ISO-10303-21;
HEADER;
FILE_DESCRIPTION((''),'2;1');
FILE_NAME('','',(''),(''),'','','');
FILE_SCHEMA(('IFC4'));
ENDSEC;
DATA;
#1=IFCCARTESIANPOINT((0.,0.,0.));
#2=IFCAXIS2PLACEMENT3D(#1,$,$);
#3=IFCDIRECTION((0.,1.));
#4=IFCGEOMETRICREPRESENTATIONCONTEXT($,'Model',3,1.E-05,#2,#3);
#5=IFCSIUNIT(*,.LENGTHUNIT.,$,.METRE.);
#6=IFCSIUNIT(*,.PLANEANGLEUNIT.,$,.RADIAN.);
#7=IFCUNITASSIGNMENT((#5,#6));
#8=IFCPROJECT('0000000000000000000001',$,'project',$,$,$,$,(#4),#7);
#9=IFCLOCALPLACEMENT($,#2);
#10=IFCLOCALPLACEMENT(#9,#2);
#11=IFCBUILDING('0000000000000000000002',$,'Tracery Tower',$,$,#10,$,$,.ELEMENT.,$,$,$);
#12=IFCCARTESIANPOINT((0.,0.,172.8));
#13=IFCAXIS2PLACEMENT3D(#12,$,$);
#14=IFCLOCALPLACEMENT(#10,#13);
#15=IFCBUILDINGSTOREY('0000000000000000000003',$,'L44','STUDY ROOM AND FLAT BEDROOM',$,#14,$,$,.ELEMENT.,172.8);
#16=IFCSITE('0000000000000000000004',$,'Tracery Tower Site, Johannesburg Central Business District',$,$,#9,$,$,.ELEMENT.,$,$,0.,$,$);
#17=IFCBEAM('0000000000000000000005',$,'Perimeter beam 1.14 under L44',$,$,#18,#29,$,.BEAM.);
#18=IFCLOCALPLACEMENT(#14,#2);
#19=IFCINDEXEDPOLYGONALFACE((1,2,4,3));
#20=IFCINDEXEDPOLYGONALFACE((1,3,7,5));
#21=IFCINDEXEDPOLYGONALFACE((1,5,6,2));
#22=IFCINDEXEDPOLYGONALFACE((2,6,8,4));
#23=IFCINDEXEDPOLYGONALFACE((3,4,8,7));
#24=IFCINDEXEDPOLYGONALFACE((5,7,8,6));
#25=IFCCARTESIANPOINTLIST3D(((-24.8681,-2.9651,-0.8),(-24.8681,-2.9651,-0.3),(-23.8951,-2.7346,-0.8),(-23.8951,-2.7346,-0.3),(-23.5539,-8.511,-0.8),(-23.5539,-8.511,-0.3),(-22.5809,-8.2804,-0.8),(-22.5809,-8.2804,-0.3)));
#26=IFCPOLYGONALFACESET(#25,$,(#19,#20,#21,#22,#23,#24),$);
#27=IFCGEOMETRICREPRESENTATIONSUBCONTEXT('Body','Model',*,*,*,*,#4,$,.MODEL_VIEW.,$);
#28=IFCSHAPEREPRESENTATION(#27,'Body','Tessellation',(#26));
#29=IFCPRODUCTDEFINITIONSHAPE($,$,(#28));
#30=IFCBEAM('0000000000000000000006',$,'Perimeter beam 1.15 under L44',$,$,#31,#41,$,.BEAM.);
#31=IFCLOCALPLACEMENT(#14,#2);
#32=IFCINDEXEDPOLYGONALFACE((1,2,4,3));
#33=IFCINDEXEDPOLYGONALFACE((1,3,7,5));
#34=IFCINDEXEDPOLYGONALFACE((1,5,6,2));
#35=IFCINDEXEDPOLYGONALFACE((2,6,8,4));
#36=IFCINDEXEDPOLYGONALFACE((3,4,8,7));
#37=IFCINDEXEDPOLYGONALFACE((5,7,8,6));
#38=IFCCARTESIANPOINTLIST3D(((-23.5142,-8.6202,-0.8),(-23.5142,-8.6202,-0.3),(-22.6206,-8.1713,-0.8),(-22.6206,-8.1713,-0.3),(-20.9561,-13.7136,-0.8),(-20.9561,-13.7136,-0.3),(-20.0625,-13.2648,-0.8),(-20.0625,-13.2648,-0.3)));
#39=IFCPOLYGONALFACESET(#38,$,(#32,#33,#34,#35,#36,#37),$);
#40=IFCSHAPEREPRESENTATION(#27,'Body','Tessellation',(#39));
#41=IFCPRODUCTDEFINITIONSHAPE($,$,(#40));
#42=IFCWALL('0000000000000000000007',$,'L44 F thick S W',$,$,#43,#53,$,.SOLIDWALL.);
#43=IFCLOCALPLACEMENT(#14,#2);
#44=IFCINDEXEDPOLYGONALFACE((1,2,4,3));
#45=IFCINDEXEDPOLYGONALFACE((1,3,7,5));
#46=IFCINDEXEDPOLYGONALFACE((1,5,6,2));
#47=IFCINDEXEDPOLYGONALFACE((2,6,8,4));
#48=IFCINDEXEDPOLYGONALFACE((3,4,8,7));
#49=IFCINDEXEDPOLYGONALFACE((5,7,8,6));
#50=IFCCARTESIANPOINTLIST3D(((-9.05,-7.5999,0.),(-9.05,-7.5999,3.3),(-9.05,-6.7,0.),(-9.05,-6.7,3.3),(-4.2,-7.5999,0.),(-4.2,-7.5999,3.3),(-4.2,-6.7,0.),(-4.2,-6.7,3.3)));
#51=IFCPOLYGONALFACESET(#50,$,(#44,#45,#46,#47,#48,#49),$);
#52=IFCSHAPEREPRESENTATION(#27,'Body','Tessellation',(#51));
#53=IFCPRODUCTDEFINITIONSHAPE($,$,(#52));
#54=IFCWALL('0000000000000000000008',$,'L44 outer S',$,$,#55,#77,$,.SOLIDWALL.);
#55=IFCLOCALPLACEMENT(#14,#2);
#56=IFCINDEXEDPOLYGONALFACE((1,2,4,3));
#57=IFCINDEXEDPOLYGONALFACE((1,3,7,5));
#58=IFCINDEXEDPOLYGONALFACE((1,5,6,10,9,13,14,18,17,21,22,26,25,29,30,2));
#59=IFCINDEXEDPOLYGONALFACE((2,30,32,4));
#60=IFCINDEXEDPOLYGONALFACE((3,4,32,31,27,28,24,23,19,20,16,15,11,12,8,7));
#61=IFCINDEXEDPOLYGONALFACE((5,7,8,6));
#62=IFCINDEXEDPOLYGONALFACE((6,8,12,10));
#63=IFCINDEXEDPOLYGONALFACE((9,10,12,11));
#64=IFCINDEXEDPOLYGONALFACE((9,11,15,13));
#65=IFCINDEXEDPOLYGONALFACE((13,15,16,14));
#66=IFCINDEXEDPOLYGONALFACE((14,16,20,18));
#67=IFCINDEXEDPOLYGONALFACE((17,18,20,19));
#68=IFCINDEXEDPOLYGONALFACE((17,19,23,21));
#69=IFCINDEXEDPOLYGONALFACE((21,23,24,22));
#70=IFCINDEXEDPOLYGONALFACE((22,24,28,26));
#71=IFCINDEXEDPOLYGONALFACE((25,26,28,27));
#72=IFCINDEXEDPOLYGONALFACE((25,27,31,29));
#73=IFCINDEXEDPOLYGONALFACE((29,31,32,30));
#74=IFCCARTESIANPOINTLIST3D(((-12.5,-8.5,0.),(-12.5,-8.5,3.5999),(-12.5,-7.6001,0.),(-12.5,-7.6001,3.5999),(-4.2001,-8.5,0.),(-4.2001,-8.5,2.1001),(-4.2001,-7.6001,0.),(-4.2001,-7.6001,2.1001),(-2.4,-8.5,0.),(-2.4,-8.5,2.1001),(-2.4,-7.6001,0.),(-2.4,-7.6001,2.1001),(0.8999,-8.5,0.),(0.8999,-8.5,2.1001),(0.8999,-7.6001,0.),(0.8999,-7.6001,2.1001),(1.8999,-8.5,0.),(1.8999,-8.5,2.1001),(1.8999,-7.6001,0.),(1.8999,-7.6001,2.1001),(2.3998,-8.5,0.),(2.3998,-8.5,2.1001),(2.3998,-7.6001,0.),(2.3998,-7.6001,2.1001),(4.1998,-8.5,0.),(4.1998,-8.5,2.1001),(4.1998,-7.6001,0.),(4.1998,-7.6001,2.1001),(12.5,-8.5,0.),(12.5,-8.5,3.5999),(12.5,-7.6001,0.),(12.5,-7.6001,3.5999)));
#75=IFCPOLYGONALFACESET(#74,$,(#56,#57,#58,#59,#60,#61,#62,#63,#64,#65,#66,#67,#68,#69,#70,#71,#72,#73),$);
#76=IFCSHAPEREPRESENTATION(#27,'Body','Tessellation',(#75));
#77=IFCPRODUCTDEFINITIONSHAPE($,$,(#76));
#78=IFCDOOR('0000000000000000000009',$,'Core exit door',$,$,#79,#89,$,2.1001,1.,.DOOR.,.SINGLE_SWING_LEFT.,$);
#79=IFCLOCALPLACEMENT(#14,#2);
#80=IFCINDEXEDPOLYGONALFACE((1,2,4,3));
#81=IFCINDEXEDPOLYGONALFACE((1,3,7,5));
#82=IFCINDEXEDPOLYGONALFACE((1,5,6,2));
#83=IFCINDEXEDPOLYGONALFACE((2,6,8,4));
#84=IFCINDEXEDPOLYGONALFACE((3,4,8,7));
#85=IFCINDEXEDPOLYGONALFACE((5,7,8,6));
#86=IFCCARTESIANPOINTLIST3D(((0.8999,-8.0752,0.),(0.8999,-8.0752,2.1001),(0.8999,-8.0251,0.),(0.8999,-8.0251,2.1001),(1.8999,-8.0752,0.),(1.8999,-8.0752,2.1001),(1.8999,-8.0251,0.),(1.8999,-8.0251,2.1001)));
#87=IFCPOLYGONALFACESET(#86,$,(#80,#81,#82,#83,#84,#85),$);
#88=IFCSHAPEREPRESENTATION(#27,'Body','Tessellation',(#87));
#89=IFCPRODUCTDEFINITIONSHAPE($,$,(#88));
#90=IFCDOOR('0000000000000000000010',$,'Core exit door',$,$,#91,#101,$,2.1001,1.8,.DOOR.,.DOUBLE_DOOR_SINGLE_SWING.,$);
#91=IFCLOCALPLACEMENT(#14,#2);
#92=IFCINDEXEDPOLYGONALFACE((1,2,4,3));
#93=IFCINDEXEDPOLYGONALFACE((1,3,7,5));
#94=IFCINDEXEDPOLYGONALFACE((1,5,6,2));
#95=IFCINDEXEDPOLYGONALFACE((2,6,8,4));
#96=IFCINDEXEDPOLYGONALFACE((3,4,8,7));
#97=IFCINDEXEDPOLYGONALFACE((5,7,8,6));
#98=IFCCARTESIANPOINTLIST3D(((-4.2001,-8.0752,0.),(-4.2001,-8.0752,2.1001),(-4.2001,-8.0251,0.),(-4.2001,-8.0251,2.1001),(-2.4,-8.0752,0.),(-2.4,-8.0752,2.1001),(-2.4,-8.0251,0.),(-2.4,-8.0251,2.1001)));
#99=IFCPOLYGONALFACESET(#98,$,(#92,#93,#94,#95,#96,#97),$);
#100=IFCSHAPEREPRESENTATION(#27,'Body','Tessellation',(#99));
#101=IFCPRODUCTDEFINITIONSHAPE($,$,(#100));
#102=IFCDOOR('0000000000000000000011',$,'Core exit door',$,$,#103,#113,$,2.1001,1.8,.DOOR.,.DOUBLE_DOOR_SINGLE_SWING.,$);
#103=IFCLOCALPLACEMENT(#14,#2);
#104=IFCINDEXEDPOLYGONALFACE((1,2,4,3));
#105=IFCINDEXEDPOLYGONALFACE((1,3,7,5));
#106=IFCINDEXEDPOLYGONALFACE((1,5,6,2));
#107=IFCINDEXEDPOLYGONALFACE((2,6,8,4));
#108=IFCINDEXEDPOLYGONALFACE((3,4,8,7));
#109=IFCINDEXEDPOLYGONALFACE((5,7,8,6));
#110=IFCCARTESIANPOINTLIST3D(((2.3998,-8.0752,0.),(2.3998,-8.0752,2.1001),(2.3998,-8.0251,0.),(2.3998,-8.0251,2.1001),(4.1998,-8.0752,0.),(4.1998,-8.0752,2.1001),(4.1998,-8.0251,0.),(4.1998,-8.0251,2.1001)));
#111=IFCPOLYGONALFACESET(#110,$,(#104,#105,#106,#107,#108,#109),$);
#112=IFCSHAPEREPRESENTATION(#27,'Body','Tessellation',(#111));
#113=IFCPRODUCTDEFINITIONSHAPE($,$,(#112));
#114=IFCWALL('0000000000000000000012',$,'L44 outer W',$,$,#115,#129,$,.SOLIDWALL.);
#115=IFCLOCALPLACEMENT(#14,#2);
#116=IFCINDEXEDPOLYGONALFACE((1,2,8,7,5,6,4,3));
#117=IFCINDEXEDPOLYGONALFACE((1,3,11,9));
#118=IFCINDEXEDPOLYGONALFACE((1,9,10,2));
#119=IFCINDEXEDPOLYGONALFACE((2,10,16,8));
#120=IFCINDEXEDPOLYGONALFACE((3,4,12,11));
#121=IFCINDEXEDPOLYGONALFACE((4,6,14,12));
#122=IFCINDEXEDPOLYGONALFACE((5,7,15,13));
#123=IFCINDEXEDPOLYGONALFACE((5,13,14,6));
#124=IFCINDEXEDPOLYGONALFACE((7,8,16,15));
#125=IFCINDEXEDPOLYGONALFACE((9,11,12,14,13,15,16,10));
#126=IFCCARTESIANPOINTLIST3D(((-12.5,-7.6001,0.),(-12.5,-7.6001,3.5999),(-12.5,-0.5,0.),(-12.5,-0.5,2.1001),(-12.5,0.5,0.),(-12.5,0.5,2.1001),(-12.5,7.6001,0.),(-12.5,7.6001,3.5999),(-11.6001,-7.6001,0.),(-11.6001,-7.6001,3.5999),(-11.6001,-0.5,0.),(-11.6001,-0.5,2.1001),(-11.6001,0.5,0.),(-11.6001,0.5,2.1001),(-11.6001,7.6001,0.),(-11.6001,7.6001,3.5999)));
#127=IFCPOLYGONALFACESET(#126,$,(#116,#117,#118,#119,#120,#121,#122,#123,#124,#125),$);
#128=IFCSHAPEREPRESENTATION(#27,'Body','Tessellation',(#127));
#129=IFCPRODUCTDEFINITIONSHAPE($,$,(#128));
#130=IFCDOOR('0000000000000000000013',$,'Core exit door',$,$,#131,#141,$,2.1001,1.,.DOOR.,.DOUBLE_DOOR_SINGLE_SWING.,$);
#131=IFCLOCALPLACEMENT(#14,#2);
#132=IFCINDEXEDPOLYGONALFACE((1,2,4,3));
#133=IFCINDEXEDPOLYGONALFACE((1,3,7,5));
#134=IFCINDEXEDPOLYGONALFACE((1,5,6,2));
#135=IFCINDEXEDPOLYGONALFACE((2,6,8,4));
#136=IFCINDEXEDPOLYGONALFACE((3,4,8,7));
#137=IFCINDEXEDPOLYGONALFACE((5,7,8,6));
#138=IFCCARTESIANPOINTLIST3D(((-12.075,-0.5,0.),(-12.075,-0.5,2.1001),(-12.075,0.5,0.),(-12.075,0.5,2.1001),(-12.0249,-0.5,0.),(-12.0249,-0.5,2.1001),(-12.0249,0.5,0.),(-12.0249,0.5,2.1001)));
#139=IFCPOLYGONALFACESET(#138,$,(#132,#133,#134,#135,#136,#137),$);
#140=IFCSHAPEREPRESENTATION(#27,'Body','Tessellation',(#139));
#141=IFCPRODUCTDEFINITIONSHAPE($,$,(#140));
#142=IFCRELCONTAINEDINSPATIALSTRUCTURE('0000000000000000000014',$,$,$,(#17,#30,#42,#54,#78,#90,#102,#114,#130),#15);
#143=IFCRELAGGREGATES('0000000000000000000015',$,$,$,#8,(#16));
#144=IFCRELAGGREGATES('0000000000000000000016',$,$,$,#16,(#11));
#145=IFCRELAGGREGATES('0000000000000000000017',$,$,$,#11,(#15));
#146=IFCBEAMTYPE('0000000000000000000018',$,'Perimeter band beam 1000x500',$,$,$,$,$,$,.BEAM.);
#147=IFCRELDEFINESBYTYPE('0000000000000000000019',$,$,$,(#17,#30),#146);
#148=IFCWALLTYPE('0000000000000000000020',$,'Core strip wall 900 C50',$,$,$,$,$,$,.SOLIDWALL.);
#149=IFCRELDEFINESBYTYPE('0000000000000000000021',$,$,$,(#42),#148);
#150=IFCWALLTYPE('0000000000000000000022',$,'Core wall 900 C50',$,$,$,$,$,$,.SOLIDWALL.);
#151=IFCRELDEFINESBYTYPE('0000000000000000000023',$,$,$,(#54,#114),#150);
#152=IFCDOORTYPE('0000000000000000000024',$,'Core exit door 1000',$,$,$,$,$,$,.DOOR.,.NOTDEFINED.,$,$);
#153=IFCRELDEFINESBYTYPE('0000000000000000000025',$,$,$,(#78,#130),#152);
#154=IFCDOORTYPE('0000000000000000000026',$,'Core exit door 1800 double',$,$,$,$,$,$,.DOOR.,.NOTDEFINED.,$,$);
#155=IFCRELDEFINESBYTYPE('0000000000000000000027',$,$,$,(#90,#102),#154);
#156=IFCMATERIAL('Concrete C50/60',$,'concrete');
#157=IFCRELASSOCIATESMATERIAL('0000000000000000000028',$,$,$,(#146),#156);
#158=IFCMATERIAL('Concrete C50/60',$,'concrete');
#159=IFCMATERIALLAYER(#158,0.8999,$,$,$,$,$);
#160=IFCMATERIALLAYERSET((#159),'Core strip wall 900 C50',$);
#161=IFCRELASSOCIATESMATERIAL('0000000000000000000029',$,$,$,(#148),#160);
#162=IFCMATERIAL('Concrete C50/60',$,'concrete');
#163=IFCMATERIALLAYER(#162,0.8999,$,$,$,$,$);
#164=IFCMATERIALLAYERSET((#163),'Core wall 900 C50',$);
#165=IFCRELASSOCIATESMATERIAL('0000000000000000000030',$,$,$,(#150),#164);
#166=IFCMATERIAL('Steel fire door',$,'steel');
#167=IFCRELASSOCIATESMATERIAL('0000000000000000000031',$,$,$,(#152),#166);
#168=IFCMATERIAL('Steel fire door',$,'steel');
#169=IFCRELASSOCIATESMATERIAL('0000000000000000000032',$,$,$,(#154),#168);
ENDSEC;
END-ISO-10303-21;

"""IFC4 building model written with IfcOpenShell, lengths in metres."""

from ifc_helpers import new_model, si_unit, direction, frame, frame_2d, origin, origin_2d, place, context, subcontext, project, spatial, rectangle, extrude, material, layer, layer_set, material_profile, profile_set, type_object, element, fill, save


model = new_model("IFC4")

# Units and contexts
model_context = context("Model", 3, precision=1e-05, world=origin(), true_north=direction((0.0, 1.0)))
body_context = subcontext(model_context, "Body", "Model", "MODEL_VIEW")
ifc_project = project(units=[si_unit("LENGTHUNIT", "METRE"), si_unit("PLANEANGLEUNIT", "RADIAN")], contexts=[model_context])

# Site, building, storey
site_placement = place(None, origin())
site = spatial("IfcSite", under=ifc_project, at=site_placement, Name="Tracery Tower Site, Johannesburg Central Business District", CompositionType="ELEMENT", RefElevation=0.0)
building_placement = place(site_placement, origin())
building = spatial("IfcBuilding", under=site, at=building_placement, Name="Tracery Tower", CompositionType="ELEMENT")
storey_placement = place(building_placement, frame((0.0, 0.0, 172.8)))
storey = spatial("IfcBuildingStorey", under=building, at=storey_placement, Name="L44", Description="STUDY ROOM AND FLAT BEDROOM", CompositionType="ELEMENT", Elevation=172.8)

# Beams
ifc_material_1 = material(Name="Concrete C50/60", Category="concrete")
ifc_material_profile_1 = material_profile(ifc_material_1, rectangle(XDim=1.0, YDim=0.5, at=origin_2d()), Name="RC 1000x500")
ifc_profile_set_1 = profile_set([ifc_material_profile_1], Name="Concrete C50/60")
beam_type = type_object("IfcBeamType", Name="Perimeter band beam 1000x500", PredefinedType="BEAM", material=ifc_profile_set_1)
beam_1_placement = place(storey_placement, frame((-24.3816, -2.8499, -0.55), z_axis=(0.230584, -0.973052, 0.0), x_axis=(0.973052, 0.230584, 0.0)))
element("IfcBeam", 1, at=beam_1_placement, inside=storey, type_object=beam_type, Name="Perimeter beam 1.14 under L44", PredefinedType="BEAM", context=body_context, shape_type="SweptSolid", body=[
    extrude(rectangle(XDim=1.0, YDim=0.5, at=origin_2d()), origin(), (0.0, 0.0, 1.0), 5.6995),
])
beam_2_placement = place(storey_placement, frame((-23.0674, -8.3958, -0.55), z_axis=(0.448806, -0.893629, 0.0), x_axis=(0.893629, 0.448806, 0.0)))
element("IfcBeam", 2, at=beam_2_placement, inside=storey, type_object=beam_type, Name="Perimeter beam 1.15 under L44", PredefinedType="BEAM", context=body_context, shape_type="SweptSolid", body=[
    extrude(rectangle(XDim=1.0, YDim=0.5, at=origin_2d()), origin(), (0.0, 0.0, 1.0), 5.6997),
])

# Wall
ifc_material_2 = material(Name="Concrete C50/60", Category="concrete")
ifc_layer_1 = layer(ifc_material_2, 0.8999)
ifc_layer_set_1 = layer_set([ifc_layer_1], Name="Core strip wall 900 C50")
wall_type_1 = type_object("IfcWallType", Name="Core strip wall 900 C50", PredefinedType="SOLIDWALL", material=ifc_layer_set_1)
wall_1_placement = place(storey_placement, frame((-9.05, -7.1499, 0.0), z_axis=(0.0, 0.0, 1.0), x_axis=(1.0, 0.0, 0.0)))
element("IfcWall", 3, at=wall_1_placement, inside=storey, type_object=wall_type_1, Name="L44 F thick S W", PredefinedType="SOLIDWALL", context=body_context, shape_type="SweptSolid", body=[
    extrude(rectangle(XDim=4.8501, YDim=0.8999, at=frame_2d((2.425, 0.0))), origin(), (0.0, 0.0, 1.0), 3.3),
])

# Wall, openings, doors
ifc_material_3 = material(Name="Concrete C50/60", Category="concrete")
ifc_layer_2 = layer(ifc_material_3, 0.8999)
ifc_layer_set_2 = layer_set([ifc_layer_2], Name="Core wall 900 C50")
wall_type_2 = type_object("IfcWallType", Name="Core wall 900 C50", PredefinedType="SOLIDWALL", material=ifc_layer_set_2)
wall_2_placement = place(storey_placement, frame((-12.5, -8.05, 0.0), z_axis=(0.0, 0.0, 1.0), x_axis=(1.0, 0.0, 0.0)))
wall_2 = element("IfcWall", 4, at=wall_2_placement, inside=storey, type_object=wall_type_2, Name="L44 outer S", PredefinedType="SOLIDWALL", context=body_context, shape_type="SweptSolid", body=[
    extrude(rectangle(XDim=25.0, YDim=0.8999, at=frame_2d((12.5, 0.0))), origin(), (0.0, 0.0, 1.0), 3.5999),
])
opening_1_placement = place(wall_2_placement, frame((13.3999, 0.0, 0.0)))
opening_1 = element("IfcOpeningElement", 5, at=opening_1_placement, cuts=wall_2, PredefinedType="OPENING", context=body_context, shape_type="SweptSolid", body=[
    extrude(rectangle(XDim=1.0, YDim=2.1001, at=frame_2d((0.5, 1.05))), frame((0.0, 0.45, 0.0), z_axis=(0.0, -1.0, 0.0), x_axis=(1.0, 0.0, 0.0)), (0.0, 0.0, 1.0), 0.8999),
])
opening_2_placement = place(wall_2_placement, frame((8.3, 0.0, 0.0)))
opening_2 = element("IfcOpeningElement", 6, at=opening_2_placement, cuts=wall_2, PredefinedType="OPENING", context=body_context, shape_type="SweptSolid", body=[
    extrude(rectangle(XDim=1.8, YDim=2.1001, at=frame_2d((0.8999, 1.05))), frame((0.0, 0.45, 0.0), z_axis=(0.0, -1.0, 0.0), x_axis=(1.0, 0.0, 0.0)), (0.0, 0.0, 1.0), 0.8999),
])
opening_3_placement = place(wall_2_placement, frame((14.8999, 0.0, 0.0)))
opening_3 = element("IfcOpeningElement", 7, at=opening_3_placement, cuts=wall_2, PredefinedType="OPENING", context=body_context, shape_type="SweptSolid", body=[
    extrude(rectangle(XDim=1.8, YDim=2.1001, at=frame_2d((0.8999, 1.05))), frame((0.0, 0.45, 0.0), z_axis=(0.0, -1.0, 0.0), x_axis=(1.0, 0.0, 0.0)), (0.0, 0.0, 1.0), 0.8999),
])
ifc_material_4 = material(Name="Steel fire door", Category="steel")
door_type_1 = type_object("IfcDoorType", Name="Core exit door 1000", OperationType="NOTDEFINED", PredefinedType="DOOR", material=ifc_material_4)
door_1_placement = place(opening_1_placement, origin())
door_1 = element("IfcDoor", 8, at=door_1_placement, inside=storey, type_object=door_type_1, Name="Core exit door", OperationType="SINGLE_SWING_LEFT", OverallHeight=2.1001, OverallWidth=1.0, PredefinedType="DOOR", context=body_context, shape_type="SweptSolid", body=[
    extrude(rectangle(XDim=1.0, YDim=2.1001, at=frame_2d((0.5, 1.05))), frame((0.0, 0.0249, 0.0), z_axis=(0.0, -1.0, 0.0), x_axis=(1.0, 0.0, 0.0)), (0.0, 0.0, 1.0), 0.05),
])
fill(opening_1, door_1)
ifc_material_5 = material(Name="Steel fire door", Category="steel")
door_type_2 = type_object("IfcDoorType", Name="Core exit door 1800 double", OperationType="NOTDEFINED", PredefinedType="DOOR", material=ifc_material_5)
door_2_placement = place(opening_2_placement, origin())
door_2 = element("IfcDoor", 9, at=door_2_placement, inside=storey, type_object=door_type_2, Name="Core exit door", OperationType="DOUBLE_DOOR_SINGLE_SWING", OverallHeight=2.1001, OverallWidth=1.8, PredefinedType="DOOR", context=body_context, shape_type="SweptSolid", body=[
    extrude(rectangle(XDim=1.8, YDim=2.1001, at=frame_2d((0.8999, 1.05))), frame((0.0, 0.0249, 0.0), z_axis=(0.0, -1.0, 0.0), x_axis=(1.0, 0.0, 0.0)), (0.0, 0.0, 1.0), 0.05),
])
fill(opening_2, door_2)
door_3_placement = place(opening_3_placement, origin())
door_3 = element("IfcDoor", 10, at=door_3_placement, inside=storey, type_object=door_type_2, Name="Core exit door", OperationType="DOUBLE_DOOR_SINGLE_SWING", OverallHeight=2.1001, OverallWidth=1.8, PredefinedType="DOOR", context=body_context, shape_type="SweptSolid", body=[
    extrude(rectangle(XDim=1.8, YDim=2.1001, at=frame_2d((0.8999, 1.05))), frame((0.0, 0.0249, 0.0), z_axis=(0.0, -1.0, 0.0), x_axis=(1.0, 0.0, 0.0)), (0.0, 0.0, 1.0), 0.05),
])
fill(opening_3, door_3)

# Wall, opening, door
wall_3_placement = place(storey_placement, frame((-12.05, -7.6001, 0.0), z_axis=(0.0, 0.0, 1.0), x_axis=(0.0, 1.0, 0.0)))
wall_3 = element("IfcWall", 11, at=wall_3_placement, inside=storey, type_object=wall_type_2, Name="L44 outer W", PredefinedType="SOLIDWALL", context=body_context, shape_type="SweptSolid", body=[
    extrude(rectangle(XDim=15.2002, YDim=0.8999, at=frame_2d((7.6001, 0.0))), origin(), (0.0, 0.0, 1.0), 3.5999),
])
opening_4_placement = place(wall_3_placement, frame((7.1001, 0.0, 0.0)))
opening_4 = element("IfcOpeningElement", 12, at=opening_4_placement, cuts=wall_3, PredefinedType="OPENING", context=body_context, shape_type="SweptSolid", body=[
    extrude(rectangle(XDim=1.0, YDim=2.1001, at=frame_2d((0.5, 1.05))), frame((0.0, 0.45, 0.0), z_axis=(0.0, -1.0, 0.0), x_axis=(1.0, 0.0, 0.0)), (0.0, 0.0, 1.0), 0.8999),
])
door_4_placement = place(opening_4_placement, origin())
door_4 = element("IfcDoor", 13, at=door_4_placement, inside=storey, type_object=door_type_1, Name="Core exit door", OperationType="DOUBLE_DOOR_SINGLE_SWING", OverallHeight=2.1001, OverallWidth=1.0, PredefinedType="DOOR", context=body_context, shape_type="SweptSolid", body=[
    extrude(rectangle(XDim=1.0, YDim=2.1001, at=frame_2d((0.5, 1.05))), frame((0.0, 0.0249, 0.0), z_axis=(0.0, -1.0, 0.0), x_axis=(1.0, 0.0, 0.0)), (0.0, 0.0, 1.0), 0.05),
])
fill(opening_4, door_4)

save(model, "model.ifc")
